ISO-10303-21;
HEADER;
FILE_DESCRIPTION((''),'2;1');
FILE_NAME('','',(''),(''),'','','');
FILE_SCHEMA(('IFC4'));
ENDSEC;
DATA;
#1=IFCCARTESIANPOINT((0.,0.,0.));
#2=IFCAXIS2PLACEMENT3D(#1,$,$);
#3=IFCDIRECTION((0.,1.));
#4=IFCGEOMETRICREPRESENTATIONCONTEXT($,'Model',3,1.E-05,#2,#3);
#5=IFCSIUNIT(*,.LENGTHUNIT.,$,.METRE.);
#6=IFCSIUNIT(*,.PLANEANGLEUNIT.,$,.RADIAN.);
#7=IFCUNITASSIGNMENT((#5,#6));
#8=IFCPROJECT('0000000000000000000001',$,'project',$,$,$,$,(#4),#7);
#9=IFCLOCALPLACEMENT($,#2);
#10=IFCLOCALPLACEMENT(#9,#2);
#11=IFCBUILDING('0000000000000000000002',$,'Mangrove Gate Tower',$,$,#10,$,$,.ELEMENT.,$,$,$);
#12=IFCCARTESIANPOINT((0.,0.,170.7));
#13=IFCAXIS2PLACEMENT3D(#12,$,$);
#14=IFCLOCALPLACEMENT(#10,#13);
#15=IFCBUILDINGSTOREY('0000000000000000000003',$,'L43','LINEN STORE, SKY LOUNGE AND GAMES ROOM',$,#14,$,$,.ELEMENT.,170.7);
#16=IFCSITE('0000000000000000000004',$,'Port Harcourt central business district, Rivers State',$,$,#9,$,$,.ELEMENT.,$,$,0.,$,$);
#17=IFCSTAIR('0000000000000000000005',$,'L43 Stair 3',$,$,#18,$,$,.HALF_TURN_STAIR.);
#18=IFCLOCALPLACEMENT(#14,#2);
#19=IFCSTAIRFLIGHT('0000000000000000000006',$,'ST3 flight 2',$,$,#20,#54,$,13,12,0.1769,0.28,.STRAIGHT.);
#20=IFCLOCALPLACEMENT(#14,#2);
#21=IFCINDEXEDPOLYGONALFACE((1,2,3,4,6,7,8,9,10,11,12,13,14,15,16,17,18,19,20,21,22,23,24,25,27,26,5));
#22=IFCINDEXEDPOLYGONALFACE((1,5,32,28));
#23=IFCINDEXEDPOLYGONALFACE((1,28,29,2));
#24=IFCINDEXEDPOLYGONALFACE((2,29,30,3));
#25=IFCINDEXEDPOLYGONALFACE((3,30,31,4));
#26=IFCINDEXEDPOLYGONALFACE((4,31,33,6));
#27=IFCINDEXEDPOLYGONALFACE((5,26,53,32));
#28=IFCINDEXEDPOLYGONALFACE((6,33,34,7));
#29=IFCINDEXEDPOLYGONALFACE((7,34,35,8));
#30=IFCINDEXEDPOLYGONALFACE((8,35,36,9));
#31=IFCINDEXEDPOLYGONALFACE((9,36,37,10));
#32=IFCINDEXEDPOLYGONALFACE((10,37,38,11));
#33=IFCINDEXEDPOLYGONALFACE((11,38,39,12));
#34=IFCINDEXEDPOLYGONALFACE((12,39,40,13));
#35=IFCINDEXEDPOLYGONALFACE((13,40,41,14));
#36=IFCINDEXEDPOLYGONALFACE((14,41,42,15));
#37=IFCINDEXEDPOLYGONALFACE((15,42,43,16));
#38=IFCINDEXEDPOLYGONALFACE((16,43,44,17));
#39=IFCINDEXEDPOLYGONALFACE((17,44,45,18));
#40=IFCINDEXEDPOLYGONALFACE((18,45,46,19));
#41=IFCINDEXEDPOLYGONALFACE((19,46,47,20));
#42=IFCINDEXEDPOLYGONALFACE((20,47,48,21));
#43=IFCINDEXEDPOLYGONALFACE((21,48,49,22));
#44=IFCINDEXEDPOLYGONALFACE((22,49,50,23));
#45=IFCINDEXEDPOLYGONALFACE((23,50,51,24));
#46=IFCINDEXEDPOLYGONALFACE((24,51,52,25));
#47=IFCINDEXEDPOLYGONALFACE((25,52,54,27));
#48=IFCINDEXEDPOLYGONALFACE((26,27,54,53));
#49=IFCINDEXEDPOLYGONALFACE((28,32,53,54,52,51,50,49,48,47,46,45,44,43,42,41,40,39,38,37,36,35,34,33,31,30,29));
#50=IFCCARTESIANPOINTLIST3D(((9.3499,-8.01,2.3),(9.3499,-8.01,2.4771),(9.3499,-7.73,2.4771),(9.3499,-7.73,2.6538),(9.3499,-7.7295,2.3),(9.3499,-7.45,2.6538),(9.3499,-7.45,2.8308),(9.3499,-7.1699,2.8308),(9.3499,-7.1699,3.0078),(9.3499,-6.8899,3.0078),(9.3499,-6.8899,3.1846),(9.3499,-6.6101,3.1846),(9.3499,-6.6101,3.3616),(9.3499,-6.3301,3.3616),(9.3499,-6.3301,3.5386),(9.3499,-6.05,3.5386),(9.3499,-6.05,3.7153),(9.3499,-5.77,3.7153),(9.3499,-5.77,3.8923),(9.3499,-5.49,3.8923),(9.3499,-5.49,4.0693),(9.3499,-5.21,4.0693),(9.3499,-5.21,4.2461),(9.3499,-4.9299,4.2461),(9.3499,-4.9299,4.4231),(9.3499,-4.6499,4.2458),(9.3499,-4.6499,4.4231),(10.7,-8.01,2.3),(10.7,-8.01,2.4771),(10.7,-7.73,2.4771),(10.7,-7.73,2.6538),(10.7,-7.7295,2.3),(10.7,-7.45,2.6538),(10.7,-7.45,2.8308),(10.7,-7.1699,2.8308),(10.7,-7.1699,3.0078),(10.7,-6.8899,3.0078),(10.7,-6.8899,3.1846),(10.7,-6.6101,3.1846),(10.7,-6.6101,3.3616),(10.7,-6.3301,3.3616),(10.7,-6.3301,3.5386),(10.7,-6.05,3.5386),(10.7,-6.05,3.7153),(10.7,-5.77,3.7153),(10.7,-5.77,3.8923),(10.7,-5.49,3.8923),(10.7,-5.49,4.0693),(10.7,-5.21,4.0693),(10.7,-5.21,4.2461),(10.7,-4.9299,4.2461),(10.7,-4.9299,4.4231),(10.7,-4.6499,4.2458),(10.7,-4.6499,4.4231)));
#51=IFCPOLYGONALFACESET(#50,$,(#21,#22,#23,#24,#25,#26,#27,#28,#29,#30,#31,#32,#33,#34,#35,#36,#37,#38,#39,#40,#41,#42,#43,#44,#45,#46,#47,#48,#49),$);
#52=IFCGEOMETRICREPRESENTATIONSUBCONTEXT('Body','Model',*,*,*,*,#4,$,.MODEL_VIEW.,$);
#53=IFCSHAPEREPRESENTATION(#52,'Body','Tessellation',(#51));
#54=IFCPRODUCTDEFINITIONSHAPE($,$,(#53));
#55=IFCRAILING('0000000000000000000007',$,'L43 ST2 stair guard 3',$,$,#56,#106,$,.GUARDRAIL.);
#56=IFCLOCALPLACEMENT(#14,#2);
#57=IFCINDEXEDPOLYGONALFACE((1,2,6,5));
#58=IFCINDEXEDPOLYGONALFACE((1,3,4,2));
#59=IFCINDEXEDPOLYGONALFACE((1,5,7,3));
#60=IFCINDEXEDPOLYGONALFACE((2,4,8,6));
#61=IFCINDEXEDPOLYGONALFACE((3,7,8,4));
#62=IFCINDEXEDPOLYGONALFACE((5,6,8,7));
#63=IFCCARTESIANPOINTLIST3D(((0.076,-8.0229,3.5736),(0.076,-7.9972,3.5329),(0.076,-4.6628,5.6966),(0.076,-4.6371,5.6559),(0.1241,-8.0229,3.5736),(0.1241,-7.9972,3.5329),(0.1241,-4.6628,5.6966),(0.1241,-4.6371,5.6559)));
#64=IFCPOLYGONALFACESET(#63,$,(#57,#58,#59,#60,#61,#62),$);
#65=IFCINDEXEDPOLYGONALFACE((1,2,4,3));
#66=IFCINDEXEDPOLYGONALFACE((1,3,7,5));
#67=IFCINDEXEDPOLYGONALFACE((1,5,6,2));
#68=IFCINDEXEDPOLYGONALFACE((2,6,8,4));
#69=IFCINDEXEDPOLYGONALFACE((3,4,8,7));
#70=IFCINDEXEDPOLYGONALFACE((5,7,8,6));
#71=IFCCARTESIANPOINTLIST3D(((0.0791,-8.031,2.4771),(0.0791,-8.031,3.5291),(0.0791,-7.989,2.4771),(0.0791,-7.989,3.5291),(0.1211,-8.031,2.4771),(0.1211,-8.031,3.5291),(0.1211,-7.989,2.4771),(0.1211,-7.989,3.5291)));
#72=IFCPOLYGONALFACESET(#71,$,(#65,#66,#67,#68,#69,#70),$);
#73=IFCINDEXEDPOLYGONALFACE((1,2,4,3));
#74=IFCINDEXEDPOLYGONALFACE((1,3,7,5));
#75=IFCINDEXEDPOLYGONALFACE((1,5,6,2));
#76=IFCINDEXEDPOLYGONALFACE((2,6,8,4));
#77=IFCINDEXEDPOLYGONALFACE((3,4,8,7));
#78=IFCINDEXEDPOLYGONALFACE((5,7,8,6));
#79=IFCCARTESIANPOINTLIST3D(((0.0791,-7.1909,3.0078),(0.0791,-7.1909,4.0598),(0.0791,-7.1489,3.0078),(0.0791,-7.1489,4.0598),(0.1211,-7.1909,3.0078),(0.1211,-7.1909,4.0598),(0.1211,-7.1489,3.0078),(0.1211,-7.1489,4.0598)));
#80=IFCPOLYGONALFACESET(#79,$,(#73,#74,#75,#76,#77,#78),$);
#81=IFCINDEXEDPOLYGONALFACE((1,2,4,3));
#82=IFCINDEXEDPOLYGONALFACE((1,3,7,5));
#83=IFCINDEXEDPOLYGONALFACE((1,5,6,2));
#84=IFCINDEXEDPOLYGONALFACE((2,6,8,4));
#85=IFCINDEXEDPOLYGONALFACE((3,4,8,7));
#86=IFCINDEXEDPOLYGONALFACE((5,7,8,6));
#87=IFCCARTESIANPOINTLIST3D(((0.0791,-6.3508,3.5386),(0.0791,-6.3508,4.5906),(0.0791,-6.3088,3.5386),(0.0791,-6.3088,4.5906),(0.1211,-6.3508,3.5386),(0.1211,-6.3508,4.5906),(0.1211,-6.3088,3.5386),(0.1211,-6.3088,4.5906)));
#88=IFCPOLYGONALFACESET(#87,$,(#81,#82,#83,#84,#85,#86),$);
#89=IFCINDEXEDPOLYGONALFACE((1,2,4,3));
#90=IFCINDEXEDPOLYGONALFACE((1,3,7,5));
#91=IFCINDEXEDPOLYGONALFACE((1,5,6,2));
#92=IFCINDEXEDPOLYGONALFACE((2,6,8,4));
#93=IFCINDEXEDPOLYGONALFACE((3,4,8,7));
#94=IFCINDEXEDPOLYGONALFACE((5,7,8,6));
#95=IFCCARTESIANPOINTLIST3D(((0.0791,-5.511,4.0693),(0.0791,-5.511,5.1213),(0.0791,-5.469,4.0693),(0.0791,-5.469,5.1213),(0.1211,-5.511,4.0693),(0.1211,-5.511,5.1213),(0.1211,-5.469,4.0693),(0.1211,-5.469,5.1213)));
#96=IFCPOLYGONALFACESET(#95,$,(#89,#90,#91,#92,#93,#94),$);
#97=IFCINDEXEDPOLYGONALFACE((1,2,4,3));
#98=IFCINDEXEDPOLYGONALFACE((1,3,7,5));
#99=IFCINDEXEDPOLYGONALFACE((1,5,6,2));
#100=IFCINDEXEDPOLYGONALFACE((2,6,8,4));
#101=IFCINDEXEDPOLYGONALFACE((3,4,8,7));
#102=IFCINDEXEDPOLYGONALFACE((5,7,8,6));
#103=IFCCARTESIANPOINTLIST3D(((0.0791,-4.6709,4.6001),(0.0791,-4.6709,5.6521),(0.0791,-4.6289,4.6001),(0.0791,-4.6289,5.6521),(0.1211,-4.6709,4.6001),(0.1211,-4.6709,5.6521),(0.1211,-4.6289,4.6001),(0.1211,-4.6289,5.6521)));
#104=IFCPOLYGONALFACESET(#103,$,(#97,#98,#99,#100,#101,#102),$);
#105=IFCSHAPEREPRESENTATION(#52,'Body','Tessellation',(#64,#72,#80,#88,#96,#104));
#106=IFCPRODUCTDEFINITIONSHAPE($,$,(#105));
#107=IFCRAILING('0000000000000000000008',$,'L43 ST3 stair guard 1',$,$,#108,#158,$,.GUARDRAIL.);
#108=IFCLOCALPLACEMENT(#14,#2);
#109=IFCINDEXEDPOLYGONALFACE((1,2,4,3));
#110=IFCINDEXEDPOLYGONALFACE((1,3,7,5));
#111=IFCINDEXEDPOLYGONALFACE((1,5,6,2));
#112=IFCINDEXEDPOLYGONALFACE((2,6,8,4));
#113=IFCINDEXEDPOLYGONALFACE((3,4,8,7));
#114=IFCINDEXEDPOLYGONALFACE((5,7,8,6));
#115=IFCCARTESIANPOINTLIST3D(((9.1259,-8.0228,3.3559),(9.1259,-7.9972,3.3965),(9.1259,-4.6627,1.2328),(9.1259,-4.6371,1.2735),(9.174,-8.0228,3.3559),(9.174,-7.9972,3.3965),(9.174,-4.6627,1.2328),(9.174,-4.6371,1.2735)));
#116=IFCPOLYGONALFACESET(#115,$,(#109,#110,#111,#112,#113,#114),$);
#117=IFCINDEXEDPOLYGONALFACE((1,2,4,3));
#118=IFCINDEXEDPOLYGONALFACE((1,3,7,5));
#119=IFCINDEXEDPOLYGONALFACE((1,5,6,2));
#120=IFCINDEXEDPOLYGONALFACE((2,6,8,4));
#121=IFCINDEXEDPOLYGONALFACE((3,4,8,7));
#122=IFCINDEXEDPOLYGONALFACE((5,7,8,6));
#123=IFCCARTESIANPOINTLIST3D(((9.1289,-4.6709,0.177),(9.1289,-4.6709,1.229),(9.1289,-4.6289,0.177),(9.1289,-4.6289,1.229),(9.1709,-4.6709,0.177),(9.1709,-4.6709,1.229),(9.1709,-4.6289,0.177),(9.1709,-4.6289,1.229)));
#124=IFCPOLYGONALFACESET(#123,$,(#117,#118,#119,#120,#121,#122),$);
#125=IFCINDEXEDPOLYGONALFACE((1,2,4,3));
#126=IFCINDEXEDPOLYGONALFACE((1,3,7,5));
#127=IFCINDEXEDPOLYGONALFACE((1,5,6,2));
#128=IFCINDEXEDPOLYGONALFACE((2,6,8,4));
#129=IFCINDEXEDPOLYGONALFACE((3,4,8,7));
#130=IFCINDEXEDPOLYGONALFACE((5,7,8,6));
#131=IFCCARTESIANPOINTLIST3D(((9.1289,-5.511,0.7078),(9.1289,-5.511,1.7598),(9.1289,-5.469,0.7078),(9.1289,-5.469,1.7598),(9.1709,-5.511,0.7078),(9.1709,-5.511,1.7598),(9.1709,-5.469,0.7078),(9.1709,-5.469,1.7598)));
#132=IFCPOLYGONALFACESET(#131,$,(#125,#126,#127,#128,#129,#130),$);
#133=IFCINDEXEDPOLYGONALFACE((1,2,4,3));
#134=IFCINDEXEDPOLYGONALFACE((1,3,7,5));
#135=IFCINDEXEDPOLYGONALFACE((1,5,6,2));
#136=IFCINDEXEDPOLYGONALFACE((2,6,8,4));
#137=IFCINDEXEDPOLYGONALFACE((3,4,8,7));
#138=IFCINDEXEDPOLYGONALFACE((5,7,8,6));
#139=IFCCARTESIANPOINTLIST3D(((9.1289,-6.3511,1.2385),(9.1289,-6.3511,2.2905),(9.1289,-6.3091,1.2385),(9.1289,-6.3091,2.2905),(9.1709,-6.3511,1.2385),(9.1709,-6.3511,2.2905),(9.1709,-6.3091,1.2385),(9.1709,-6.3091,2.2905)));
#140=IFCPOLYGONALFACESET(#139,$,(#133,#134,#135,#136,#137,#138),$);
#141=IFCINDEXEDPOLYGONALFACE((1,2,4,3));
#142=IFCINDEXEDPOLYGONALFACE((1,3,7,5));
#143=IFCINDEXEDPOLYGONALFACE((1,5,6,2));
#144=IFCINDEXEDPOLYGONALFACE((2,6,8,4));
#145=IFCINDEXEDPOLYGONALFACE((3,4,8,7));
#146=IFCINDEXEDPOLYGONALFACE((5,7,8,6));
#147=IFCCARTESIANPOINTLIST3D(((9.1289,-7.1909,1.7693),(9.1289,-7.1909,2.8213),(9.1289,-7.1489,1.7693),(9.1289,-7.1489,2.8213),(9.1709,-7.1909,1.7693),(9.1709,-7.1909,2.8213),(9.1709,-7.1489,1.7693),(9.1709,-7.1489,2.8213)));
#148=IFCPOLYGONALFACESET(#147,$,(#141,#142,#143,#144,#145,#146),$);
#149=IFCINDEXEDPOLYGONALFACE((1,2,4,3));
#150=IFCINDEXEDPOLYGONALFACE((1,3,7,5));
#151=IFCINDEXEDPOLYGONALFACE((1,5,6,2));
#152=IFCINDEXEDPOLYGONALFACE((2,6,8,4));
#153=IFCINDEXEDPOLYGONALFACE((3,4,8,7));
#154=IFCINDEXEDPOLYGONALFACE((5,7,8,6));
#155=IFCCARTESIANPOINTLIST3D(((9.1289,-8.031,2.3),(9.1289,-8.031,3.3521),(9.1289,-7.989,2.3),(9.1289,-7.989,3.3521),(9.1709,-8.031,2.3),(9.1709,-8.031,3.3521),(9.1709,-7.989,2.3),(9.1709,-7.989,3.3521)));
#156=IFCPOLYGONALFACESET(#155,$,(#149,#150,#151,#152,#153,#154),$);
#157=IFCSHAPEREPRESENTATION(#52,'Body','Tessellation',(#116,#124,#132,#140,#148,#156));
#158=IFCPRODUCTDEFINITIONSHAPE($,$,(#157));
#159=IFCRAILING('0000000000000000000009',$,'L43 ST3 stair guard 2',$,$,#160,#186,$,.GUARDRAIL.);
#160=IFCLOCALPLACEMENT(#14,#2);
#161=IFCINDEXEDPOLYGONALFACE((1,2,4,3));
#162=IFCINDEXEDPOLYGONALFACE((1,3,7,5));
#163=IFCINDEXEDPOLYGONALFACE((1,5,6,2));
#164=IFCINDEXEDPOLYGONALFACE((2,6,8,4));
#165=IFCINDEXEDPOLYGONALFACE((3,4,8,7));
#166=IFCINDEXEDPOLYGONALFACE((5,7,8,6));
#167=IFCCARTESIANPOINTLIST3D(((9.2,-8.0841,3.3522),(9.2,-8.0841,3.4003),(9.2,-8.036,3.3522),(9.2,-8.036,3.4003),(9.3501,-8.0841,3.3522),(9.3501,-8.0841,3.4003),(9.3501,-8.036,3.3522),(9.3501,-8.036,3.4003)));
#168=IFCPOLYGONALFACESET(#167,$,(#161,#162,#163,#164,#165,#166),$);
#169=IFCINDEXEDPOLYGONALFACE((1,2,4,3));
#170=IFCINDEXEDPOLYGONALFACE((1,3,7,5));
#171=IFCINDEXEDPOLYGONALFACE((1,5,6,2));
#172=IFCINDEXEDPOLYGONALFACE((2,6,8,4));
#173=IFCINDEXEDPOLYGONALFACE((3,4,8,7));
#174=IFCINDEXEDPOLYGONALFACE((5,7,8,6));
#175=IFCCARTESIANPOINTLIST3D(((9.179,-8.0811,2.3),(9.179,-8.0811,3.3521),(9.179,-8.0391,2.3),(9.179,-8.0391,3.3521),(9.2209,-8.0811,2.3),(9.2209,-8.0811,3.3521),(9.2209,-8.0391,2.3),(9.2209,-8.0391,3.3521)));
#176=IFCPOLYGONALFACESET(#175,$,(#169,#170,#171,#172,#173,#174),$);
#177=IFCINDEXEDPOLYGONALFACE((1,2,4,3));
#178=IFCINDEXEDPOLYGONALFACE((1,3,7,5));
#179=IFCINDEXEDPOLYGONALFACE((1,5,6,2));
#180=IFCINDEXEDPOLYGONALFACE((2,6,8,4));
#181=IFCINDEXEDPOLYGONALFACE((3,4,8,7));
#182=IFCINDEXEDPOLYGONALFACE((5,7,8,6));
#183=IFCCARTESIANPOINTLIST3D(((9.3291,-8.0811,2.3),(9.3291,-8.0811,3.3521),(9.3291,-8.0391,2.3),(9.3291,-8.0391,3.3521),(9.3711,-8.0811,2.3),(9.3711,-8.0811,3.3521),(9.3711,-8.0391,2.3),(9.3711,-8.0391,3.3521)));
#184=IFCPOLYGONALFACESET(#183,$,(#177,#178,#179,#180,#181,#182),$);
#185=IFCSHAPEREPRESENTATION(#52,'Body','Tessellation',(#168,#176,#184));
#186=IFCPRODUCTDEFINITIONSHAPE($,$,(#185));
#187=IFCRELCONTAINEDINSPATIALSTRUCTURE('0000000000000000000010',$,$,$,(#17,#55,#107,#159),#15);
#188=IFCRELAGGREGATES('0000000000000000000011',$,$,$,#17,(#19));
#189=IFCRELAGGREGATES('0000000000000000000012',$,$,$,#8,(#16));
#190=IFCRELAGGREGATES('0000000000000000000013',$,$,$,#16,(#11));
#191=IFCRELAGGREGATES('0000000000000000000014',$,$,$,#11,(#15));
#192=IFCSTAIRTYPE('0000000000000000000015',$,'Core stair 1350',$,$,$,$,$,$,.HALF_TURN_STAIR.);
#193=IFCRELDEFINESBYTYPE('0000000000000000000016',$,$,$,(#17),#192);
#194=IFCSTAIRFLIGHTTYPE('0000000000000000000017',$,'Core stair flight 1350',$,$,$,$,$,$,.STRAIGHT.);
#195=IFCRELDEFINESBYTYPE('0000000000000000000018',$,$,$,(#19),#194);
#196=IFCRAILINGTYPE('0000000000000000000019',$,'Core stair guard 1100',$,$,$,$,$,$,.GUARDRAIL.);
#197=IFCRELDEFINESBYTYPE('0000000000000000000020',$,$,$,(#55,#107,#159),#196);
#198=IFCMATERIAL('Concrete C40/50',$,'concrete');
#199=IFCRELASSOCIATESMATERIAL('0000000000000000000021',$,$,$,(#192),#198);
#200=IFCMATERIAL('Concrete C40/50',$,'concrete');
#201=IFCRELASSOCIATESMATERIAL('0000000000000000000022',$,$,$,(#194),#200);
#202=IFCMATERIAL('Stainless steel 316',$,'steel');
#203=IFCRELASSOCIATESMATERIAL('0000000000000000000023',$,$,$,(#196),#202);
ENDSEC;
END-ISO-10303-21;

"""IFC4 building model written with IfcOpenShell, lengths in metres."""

from ifc_helpers import new_model, si_unit, direction, frame, origin, origin_2d, place, context, subcontext, project, spatial, polyline, rectangle, outline, extrude, material, type_object, element, aggregate, save


model = new_model("IFC4")

# Units and contexts
model_context = context("Model", 3, precision=1e-05, world=origin(), true_north=direction((0.0, 1.0)))
body_context = subcontext(model_context, "Body", "Model", "MODEL_VIEW")
ifc_project = project(units=[si_unit("LENGTHUNIT", "METRE"), si_unit("PLANEANGLEUNIT", "RADIAN")], contexts=[model_context])

# Site, building, storey
site_placement = place(None, origin())
site = spatial("IfcSite", under=ifc_project, at=site_placement, Name="Port Harcourt central business district, Rivers State", CompositionType="ELEMENT", RefElevation=0.0)
building_placement = place(site_placement, origin())
building = spatial("IfcBuilding", under=site, at=building_placement, Name="Mangrove Gate Tower", CompositionType="ELEMENT")
storey_placement = place(building_placement, frame((0.0, 0.0, 170.7)))
storey = spatial("IfcBuildingStorey", under=building, at=storey_placement, Name="L43", Description="LINEN STORE, SKY LOUNGE AND GAMES ROOM", CompositionType="ELEMENT", Elevation=170.7)

# Shared definitions
ifc_material_1 = material(Name="Concrete C40/50", Category="concrete")
stair_type = type_object("IfcStairType", Name="Core stair 1350", PredefinedType="HALF_TURN_STAIR", material=ifc_material_1)
ifc_material_2 = material(Name="Concrete C40/50", Category="concrete")
stair_flight_type = type_object("IfcStairFlightType", Name="Core stair flight 1350", PredefinedType="STRAIGHT", material=ifc_material_2)

# Stair, stair flight
stair_1_placement = place(storey_placement, origin())
stair_1 = element("IfcStair", 1, at=stair_1_placement, inside=storey, type_object=stair_type, Name="L43 Stair 3", PredefinedType="HALF_TURN_STAIR")
stair_flight_1_placement = place(storey_placement, frame((10.0249, -8.01, 2.3), z_axis=(0.0, 0.0, 1.0), x_axis=(0.0, 1.0, 0.0)))
stair_flight_1 = element("IfcStairFlight", 2, at=stair_flight_1_placement, type_object=stair_flight_type, Name="ST3 flight 2", NumberOfRisers=13, NumberOfTreads=12, PredefinedType="STRAIGHT", RiserHeight=0.1769, TreadLength=0.28, context=body_context, shape_type="SweptSolid", body=[
    extrude(outline(polyline([(0.0, 0.0), (0.0, 0.177), (0.28, 0.177), (0.28, 0.3538), (0.5601, 0.3538), (0.5601, 0.5308), (0.8401, 0.5308), (0.8401, 0.7078), (1.1201, 0.7078), (1.1201, 0.8845), (1.3999, 0.8845), (1.3999, 1.0615), (1.6799, 1.0615), (1.6799, 1.2385), (1.96, 1.2385), (1.96, 1.4153), (2.24, 1.4153), (2.24, 1.5923), (2.52, 1.5923), (2.52, 1.7693), (2.8, 1.7693), (2.8, 1.946), (3.0801, 1.946), (3.0801, 2.123), (3.3601, 2.123), (3.3601, 2.3), (3.3601, 1.9458), (0.2805, 0.0), (0.0, 0.0)])), frame((0.0, 0.675, 0.0), z_axis=(0.0, -1.0, 0.0), x_axis=(1.0, 0.0, 0.0)), (0.0, 0.0, 1.0), 1.3501),
])
aggregate(stair_1, [stair_flight_1])

# Railings
ifc_material_3 = material(Name="Stainless steel 316", Category="steel")
railing_type_1 = type_object("IfcRailingType", Name="Core stair guard 1100", PredefinedType="GUARDRAIL", material=ifc_material_3)
railing_1_placement = place(storey_placement, frame((0.1001, -8.01, 2.4771)))
element("IfcRailing", 3, at=railing_1_placement, inside=storey, type_object=railing_type_1, Name="L43 ST2 stair guard 3", PredefinedType="GUARDRAIL", context=body_context, shape_type="SweptSolid", body=[
    extrude(rectangle(XDim=0.0481, YDim=0.0481, at=origin_2d()), frame((0.0, 0.0, 1.0762), z_axis=(0.0, 0.84539, 0.53415), x_axis=(-1.0, 0.0, 0.0)), (0.0, 0.0, 1.0), 3.9746),
    extrude(rectangle(XDim=0.042, YDim=0.042, at=origin_2d()), origin(), (0.0, 0.0, 1.0), 1.052),
    extrude(rectangle(XDim=0.042, YDim=0.042, at=origin_2d()), frame((0.0, 0.8401, 0.5308)), (0.0, 0.0, 1.0), 1.052),
    extrude(rectangle(XDim=0.042, YDim=0.042, at=origin_2d()), frame((0.0, 1.6802, 1.0615)), (0.0, 0.0, 1.0), 1.052),
    extrude(rectangle(XDim=0.042, YDim=0.042, at=origin_2d()), frame((0.0, 2.52, 1.5923)), (0.0, 0.0, 1.0), 1.052),
    extrude(rectangle(XDim=0.042, YDim=0.042, at=origin_2d()), frame((0.0, 3.3601, 2.123)), (0.0, 0.0, 1.0), 1.052),
])
railing_2_placement = place(storey_placement, frame((9.1499, -4.6499, 0.177)))
element("IfcRailing", 4, at=railing_2_placement, inside=storey, type_object=railing_type_1, Name="L43 ST3 stair guard 1", PredefinedType="GUARDRAIL", context=body_context, shape_type="SweptSolid", body=[
    extrude(rectangle(XDim=0.0481, YDim=0.0481, at=origin_2d()), frame((0.0, 0.0, 1.0762), z_axis=(0.0, -0.84539, 0.53415), x_axis=(1.0, 0.0, 0.0)), (0.0, 0.0, 1.0), 3.9746),
    extrude(rectangle(XDim=0.042, YDim=0.042, at=origin_2d()), origin(), (0.0, 0.0, 1.0), 1.052),
    extrude(rectangle(XDim=0.042, YDim=0.042, at=origin_2d()), frame((0.0, -0.8401, 0.5308)), (0.0, 0.0, 1.0), 1.052),
    extrude(rectangle(XDim=0.042, YDim=0.042, at=origin_2d()), frame((0.0, -1.6802, 1.0615)), (0.0, 0.0, 1.0), 1.052),
    extrude(rectangle(XDim=0.042, YDim=0.042, at=origin_2d()), frame((0.0, -2.52, 1.5923)), (0.0, 0.0, 1.0), 1.052),
    extrude(rectangle(XDim=0.042, YDim=0.042, at=origin_2d()), frame((0.0, -3.3601, 2.123)), (0.0, 0.0, 1.0), 1.052),
])
railing_3_placement = place(storey_placement, frame((9.2, -8.0601, 2.3)))
element("IfcRailing", 5, at=railing_3_placement, inside=storey, type_object=railing_type_1, Name="L43 ST3 stair guard 2", PredefinedType="GUARDRAIL", context=body_context, shape_type="SweptSolid", body=[
    extrude(rectangle(XDim=0.0481, YDim=0.0481, at=origin_2d()), frame((0.0, 0.0, 1.0762), z_axis=(1.0, 0.0, 0.0), x_axis=(0.0, 1.0, 0.0)), (0.0, 0.0, 1.0), 0.1501),
    extrude(rectangle(XDim=0.042, YDim=0.042, at=origin_2d()), origin(), (0.0, 0.0, 1.0), 1.052),
    extrude(rectangle(XDim=0.042, YDim=0.042, at=origin_2d()), frame((0.1501, 0.0, 0.0)), (0.0, 0.0, 1.0), 1.052),
])

save(model, "model.ifc")
